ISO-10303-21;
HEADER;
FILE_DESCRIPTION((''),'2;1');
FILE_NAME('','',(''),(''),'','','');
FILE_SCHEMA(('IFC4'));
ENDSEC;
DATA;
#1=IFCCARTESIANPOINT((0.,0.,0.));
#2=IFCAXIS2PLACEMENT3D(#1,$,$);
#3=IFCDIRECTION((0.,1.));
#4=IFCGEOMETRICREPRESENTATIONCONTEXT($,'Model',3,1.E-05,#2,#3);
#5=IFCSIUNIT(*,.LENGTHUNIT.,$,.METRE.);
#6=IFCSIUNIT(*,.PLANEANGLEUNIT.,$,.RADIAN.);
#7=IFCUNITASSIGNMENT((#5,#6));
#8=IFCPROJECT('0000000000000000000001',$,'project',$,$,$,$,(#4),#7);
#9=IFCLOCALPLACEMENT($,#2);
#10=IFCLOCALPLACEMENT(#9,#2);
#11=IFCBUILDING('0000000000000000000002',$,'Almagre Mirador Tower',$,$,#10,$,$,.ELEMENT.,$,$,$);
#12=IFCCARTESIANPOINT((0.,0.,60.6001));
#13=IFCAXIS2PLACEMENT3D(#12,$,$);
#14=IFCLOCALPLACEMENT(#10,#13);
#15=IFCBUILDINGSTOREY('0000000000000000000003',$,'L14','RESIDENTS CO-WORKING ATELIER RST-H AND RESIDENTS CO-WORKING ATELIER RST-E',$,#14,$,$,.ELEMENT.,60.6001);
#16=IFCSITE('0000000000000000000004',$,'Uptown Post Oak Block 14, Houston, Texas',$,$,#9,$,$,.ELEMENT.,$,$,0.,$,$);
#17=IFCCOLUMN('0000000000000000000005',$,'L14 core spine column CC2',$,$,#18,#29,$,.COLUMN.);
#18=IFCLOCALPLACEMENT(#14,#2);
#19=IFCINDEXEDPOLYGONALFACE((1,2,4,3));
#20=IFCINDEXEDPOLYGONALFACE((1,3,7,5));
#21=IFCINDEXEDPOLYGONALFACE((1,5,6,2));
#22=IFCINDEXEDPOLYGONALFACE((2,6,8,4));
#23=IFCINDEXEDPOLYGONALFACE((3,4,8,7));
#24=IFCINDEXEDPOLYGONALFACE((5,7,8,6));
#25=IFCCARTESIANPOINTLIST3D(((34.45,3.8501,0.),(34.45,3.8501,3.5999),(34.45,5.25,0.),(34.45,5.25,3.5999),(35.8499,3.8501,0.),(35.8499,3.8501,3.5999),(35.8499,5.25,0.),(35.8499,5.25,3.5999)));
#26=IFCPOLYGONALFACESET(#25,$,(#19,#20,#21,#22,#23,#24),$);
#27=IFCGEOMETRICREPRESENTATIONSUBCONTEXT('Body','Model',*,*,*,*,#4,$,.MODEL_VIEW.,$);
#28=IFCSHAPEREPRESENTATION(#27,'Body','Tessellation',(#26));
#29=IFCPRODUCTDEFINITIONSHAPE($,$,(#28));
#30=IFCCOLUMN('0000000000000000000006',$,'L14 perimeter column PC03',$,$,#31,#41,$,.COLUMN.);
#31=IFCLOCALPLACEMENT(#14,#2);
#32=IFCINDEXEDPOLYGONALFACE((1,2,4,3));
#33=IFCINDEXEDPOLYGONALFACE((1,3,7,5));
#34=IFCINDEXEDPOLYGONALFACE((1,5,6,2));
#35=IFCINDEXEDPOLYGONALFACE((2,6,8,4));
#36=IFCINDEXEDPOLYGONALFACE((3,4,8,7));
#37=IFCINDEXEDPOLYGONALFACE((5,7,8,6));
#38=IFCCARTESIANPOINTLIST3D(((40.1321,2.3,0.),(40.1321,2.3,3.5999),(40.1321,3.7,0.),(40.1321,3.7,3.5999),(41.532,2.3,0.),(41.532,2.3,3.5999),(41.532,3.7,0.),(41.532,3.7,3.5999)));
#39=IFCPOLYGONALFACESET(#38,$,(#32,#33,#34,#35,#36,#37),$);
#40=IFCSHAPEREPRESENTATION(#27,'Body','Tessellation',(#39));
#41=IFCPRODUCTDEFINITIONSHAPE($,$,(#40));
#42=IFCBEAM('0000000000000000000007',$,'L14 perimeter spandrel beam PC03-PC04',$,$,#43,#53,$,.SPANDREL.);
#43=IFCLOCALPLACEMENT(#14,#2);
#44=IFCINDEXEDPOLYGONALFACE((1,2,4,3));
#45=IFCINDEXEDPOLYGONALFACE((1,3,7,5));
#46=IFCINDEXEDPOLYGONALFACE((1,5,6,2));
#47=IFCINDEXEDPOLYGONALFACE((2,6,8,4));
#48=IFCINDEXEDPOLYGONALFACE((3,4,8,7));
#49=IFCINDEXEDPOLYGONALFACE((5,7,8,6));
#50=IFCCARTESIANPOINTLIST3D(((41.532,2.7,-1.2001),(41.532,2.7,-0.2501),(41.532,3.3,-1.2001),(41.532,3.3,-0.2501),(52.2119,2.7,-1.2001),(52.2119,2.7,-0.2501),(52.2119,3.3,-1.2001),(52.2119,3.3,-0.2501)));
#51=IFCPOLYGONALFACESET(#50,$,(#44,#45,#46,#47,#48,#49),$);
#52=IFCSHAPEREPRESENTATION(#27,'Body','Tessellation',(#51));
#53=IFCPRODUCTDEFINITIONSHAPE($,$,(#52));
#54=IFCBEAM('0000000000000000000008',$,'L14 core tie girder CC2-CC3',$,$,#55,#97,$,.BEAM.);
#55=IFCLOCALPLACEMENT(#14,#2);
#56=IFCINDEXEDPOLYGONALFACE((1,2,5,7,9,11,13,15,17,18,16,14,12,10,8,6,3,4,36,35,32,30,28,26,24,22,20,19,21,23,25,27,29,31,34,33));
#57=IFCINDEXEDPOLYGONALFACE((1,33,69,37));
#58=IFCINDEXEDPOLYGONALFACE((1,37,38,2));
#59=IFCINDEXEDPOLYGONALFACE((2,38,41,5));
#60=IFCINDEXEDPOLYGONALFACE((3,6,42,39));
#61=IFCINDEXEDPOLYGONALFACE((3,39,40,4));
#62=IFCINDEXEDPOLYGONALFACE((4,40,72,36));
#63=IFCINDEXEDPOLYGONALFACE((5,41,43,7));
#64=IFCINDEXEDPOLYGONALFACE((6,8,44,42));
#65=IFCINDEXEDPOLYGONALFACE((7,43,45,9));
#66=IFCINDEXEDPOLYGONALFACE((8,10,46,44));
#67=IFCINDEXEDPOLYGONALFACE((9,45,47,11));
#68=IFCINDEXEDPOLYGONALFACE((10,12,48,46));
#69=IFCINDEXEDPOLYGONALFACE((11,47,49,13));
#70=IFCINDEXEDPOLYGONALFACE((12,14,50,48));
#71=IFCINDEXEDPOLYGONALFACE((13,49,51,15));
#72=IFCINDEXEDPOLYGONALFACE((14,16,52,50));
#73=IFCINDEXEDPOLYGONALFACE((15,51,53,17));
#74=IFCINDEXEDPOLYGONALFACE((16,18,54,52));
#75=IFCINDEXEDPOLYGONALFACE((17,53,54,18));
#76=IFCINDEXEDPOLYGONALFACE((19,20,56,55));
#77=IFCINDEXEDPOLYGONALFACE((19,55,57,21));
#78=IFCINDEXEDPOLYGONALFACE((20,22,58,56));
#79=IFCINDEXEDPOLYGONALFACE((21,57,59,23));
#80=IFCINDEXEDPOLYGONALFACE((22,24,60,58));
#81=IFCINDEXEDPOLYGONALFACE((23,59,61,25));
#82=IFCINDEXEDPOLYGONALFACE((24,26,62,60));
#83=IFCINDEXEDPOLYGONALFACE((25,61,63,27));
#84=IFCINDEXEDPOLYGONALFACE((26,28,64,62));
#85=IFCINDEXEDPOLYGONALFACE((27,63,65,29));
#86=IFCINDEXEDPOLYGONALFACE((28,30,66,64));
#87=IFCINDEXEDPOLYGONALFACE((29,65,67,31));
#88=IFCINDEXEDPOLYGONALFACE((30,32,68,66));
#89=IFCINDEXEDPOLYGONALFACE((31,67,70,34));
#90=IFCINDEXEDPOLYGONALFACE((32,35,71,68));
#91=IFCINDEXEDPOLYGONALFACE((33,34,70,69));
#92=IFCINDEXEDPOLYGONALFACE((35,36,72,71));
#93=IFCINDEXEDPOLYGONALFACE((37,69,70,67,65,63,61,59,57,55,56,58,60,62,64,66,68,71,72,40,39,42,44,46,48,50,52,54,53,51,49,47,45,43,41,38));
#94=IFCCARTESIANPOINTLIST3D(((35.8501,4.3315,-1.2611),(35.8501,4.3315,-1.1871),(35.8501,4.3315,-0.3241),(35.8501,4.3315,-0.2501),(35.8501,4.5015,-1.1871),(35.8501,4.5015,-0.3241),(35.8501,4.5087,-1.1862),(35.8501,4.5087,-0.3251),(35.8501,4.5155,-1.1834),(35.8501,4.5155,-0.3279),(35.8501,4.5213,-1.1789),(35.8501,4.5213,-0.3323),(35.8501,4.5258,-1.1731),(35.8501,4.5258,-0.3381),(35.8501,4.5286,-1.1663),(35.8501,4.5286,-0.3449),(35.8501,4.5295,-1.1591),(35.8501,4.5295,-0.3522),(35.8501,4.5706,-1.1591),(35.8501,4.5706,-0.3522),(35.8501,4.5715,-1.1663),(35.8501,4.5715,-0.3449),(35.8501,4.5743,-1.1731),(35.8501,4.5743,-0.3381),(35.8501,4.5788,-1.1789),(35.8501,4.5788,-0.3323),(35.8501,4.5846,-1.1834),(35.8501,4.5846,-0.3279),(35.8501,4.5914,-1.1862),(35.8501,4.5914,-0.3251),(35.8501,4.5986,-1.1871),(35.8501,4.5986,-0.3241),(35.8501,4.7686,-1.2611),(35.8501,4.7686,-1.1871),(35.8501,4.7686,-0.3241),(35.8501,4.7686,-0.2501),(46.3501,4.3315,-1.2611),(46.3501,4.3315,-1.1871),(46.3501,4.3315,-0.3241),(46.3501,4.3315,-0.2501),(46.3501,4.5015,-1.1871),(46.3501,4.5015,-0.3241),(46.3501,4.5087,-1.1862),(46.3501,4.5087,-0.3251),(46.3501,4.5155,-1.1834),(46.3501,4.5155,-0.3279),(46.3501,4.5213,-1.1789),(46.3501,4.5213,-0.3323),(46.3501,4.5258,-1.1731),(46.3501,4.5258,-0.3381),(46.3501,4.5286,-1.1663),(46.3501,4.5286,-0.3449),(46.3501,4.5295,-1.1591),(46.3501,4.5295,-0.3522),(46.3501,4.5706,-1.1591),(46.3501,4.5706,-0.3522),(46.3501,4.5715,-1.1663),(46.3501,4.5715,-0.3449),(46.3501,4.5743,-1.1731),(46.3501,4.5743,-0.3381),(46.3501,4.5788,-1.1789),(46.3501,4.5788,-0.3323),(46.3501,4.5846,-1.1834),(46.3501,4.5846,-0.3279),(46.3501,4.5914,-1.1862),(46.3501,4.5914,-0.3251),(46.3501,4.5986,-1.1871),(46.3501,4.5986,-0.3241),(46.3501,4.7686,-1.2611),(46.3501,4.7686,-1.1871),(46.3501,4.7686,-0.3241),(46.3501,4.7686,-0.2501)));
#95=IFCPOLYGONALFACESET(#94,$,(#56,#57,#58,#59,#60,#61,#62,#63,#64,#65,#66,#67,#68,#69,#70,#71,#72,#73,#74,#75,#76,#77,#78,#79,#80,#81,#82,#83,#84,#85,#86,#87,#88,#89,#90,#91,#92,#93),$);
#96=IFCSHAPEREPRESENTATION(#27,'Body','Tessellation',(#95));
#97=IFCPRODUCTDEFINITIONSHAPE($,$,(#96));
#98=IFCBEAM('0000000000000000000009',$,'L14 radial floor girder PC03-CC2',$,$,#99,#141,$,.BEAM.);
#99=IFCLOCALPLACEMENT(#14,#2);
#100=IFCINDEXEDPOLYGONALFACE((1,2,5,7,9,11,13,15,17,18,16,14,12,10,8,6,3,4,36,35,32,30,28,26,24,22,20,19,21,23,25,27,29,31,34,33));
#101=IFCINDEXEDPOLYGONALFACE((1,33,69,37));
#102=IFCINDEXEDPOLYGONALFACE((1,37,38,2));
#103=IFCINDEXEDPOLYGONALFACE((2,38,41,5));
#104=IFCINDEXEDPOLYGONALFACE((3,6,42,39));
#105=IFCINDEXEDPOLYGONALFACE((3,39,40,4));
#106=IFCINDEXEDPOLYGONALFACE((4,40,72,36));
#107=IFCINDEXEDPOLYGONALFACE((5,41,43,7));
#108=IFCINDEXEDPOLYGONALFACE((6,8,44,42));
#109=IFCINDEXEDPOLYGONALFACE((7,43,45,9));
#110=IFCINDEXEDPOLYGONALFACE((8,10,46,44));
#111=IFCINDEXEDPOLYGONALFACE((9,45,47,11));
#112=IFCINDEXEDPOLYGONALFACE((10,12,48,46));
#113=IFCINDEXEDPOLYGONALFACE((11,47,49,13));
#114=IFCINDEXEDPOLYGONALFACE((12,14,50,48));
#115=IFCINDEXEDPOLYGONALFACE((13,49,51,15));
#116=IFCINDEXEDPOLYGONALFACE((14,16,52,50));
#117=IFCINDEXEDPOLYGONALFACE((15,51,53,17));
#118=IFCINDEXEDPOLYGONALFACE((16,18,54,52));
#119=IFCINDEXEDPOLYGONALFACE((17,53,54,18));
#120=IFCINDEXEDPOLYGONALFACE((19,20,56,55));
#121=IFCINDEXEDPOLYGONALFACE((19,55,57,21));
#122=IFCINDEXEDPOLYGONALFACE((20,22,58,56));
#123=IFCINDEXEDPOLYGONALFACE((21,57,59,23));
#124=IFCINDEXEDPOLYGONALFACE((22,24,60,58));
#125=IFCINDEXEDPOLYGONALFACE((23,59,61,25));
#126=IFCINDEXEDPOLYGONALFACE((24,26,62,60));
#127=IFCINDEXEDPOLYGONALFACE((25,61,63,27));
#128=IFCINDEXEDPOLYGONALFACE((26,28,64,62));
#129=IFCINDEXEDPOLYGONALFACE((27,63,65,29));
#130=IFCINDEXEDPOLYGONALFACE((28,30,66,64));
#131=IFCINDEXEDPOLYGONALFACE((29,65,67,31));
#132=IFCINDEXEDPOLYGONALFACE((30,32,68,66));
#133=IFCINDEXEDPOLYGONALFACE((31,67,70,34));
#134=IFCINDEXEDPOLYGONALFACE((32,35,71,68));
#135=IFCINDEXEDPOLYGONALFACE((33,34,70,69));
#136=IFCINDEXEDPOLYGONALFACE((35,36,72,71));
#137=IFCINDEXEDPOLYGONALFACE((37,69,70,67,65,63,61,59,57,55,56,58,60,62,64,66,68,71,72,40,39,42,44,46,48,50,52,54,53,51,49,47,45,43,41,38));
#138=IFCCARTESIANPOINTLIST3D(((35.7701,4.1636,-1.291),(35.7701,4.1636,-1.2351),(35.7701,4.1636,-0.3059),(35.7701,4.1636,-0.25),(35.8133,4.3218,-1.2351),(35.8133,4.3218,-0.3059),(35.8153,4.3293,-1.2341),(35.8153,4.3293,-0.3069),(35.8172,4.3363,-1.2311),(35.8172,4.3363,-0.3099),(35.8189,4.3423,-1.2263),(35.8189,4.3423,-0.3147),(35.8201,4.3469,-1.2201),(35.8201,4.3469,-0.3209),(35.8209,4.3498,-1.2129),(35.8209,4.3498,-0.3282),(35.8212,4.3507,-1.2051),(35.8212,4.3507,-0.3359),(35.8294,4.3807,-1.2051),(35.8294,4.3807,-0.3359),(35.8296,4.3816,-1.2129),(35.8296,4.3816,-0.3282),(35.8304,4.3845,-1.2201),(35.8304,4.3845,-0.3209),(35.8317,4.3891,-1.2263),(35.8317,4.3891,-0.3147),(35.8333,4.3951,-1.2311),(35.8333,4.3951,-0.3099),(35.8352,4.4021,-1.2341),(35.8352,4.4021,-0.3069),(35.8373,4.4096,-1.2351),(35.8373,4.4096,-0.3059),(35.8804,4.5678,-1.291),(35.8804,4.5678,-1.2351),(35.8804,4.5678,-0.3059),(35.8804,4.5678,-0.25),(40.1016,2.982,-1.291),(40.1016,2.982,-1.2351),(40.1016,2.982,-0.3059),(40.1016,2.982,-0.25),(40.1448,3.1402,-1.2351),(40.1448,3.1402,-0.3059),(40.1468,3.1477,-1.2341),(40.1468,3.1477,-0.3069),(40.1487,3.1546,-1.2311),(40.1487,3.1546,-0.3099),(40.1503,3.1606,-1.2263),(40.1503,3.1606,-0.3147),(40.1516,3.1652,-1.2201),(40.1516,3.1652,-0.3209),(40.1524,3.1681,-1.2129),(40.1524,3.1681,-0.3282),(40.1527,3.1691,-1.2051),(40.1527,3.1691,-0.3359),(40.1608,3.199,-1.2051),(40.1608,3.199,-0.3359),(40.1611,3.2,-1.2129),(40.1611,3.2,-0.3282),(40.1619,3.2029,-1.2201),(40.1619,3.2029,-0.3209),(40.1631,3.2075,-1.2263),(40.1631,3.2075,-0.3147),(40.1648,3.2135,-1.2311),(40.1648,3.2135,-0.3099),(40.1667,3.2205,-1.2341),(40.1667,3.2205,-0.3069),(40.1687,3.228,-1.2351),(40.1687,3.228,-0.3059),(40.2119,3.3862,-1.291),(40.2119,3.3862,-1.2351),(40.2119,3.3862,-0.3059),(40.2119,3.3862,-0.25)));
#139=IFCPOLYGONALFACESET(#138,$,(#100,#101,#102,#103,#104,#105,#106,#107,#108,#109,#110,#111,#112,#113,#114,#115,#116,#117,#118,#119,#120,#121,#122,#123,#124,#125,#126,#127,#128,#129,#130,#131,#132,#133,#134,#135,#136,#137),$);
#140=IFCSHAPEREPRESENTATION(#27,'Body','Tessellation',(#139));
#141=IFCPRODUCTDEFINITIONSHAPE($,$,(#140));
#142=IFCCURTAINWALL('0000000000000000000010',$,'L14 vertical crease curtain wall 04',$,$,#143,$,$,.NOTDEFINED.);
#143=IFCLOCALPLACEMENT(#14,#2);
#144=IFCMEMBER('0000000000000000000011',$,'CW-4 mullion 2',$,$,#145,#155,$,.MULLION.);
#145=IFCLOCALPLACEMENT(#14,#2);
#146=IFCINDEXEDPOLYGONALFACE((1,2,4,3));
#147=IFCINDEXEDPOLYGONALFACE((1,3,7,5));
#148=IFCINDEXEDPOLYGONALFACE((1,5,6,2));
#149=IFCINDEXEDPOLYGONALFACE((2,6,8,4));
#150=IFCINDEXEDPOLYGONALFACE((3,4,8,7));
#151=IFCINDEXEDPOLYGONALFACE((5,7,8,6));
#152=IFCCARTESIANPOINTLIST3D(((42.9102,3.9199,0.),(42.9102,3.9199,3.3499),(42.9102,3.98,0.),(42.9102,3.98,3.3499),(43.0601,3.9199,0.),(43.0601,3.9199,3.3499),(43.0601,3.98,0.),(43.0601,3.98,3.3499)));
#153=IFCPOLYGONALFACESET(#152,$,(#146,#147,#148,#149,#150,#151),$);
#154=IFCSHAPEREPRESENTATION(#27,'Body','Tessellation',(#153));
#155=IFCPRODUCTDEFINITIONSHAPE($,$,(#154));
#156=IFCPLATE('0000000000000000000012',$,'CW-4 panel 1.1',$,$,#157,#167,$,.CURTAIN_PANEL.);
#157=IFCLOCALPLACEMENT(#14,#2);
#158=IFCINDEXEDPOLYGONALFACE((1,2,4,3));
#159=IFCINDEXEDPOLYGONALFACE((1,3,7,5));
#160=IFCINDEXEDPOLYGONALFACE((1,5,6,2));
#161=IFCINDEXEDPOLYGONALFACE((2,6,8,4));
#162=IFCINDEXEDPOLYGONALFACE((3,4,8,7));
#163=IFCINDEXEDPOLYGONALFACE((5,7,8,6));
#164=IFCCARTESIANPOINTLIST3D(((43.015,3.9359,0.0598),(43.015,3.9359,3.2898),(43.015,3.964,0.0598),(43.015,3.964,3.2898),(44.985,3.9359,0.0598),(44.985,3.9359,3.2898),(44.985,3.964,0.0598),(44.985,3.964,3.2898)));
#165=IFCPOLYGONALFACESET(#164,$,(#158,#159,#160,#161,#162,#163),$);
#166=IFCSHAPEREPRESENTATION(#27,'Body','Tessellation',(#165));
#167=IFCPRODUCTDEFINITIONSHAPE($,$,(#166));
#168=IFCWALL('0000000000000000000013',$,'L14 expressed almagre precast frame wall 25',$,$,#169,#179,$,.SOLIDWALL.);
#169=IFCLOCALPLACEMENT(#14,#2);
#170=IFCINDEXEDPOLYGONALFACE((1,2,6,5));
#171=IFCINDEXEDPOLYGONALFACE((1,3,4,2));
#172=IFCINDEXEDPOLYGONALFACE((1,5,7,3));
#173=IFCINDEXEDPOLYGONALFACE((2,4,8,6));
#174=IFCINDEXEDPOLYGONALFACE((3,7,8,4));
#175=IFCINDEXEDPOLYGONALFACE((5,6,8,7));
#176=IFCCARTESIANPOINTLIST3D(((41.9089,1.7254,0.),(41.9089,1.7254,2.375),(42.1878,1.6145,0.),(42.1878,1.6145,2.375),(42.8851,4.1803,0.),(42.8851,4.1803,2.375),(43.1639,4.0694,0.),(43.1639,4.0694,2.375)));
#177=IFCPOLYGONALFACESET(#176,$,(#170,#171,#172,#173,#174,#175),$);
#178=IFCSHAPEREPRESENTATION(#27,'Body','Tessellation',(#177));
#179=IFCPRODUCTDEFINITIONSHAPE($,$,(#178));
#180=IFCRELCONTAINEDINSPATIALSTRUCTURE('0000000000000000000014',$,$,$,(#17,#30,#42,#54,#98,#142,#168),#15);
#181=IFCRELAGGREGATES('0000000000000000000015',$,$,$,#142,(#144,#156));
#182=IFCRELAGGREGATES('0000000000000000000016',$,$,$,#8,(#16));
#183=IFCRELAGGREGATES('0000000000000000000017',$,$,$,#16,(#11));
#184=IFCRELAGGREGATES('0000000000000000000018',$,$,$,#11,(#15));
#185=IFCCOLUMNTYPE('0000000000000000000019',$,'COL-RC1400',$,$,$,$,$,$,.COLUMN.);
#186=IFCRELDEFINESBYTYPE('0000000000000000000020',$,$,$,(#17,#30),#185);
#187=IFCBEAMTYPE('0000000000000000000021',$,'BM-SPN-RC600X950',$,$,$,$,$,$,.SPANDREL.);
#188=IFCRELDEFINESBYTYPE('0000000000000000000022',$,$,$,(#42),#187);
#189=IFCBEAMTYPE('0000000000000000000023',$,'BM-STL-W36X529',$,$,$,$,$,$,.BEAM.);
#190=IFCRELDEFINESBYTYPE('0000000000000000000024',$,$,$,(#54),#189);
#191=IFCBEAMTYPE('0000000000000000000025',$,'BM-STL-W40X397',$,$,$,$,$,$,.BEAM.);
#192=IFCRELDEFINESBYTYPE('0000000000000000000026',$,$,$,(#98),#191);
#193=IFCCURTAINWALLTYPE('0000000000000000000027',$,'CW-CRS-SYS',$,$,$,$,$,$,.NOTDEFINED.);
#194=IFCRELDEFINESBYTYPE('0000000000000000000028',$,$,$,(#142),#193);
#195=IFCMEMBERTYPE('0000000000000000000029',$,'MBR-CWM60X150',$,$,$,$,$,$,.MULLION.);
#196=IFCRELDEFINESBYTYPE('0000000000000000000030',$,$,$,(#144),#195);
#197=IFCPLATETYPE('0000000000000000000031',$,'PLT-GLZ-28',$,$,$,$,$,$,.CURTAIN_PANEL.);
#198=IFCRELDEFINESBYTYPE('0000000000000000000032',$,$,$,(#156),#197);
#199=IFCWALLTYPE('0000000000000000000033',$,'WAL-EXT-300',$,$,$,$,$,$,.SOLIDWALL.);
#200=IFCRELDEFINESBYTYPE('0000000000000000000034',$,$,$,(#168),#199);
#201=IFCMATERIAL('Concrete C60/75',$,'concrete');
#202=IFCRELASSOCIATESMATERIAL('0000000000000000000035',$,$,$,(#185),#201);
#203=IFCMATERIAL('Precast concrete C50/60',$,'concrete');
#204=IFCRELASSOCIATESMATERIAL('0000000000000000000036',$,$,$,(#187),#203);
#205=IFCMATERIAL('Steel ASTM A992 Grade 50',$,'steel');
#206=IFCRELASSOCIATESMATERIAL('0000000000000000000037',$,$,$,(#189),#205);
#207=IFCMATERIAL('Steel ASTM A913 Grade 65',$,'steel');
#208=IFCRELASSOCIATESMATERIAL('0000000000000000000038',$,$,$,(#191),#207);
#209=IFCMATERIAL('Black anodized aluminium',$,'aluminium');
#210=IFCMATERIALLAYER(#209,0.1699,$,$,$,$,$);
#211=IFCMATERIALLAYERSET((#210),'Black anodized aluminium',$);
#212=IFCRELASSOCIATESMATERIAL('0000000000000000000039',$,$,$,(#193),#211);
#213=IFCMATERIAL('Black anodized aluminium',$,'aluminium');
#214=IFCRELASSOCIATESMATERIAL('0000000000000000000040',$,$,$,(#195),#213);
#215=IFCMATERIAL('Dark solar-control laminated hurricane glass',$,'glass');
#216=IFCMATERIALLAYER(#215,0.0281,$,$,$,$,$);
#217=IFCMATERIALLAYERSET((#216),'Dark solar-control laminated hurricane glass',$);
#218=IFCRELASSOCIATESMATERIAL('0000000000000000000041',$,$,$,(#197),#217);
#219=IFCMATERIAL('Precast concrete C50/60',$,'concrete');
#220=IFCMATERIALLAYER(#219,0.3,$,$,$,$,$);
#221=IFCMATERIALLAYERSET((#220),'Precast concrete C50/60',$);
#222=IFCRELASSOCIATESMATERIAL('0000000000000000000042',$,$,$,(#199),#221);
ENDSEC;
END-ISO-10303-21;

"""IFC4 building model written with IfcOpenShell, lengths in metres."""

from ifc_helpers import new_model, si_unit, direction, frame, frame_2d, origin, origin_2d, place, context, subcontext, project, spatial, rectangle, i_section, extrude, material, layer, layer_set, material_profile, profile_set, type_object, element, aggregate, save


model = new_model("IFC4")

# Units and contexts
model_context = context("Model", 3, precision=1e-05, world=origin(), true_north=direction((0.0, 1.0)))
body_context = subcontext(model_context, "Body", "Model", "MODEL_VIEW")
ifc_project = project(units=[si_unit("LENGTHUNIT", "METRE"), si_unit("PLANEANGLEUNIT", "RADIAN")], contexts=[model_context])

# Site, building, storey
site_placement = place(None, origin())
site = spatial("IfcSite", under=ifc_project, at=site_placement, Name="Uptown Post Oak Block 14, Houston, Texas", CompositionType="ELEMENT", RefElevation=0.0)
building_placement = place(site_placement, origin())
building = spatial("IfcBuilding", under=site, at=building_placement, Name="Almagre Mirador Tower", CompositionType="ELEMENT")
storey_placement = place(building_placement, frame((0.0, 0.0, 60.6001)))
storey = spatial("IfcBuildingStorey", under=building, at=storey_placement, Name="L14", Description="RESIDENTS CO-WORKING ATELIER RST-H AND RESIDENTS CO-WORKING ATELIER RST-E", CompositionType="ELEMENT", Elevation=60.6001)

# Columns
ifc_material_1 = material(Name="Concrete C60/75", Category="concrete")
ifc_material_profile_1 = material_profile(ifc_material_1, rectangle(XDim=1.3999, YDim=1.3999, at=origin_2d()), Name="RC1400X1400")
ifc_profile_set_1 = profile_set([ifc_material_profile_1], Name="Concrete C60/75")
column_type = type_object("IfcColumnType", Name="COL-RC1400", PredefinedType="COLUMN", material=ifc_profile_set_1)
for number, where, z_axis, x_axis, name in (
    (1, (35.1499, 4.55, 0.0), (0.0, 0.0, 1.0), (1.0, 0.0, 0.0), "L14 core spine column CC2"),
    (2, (40.832, 3.0, 0.0), (0.0, 0.0, 1.0), (1.0, 0.0, 0.0), "L14 perimeter column PC03"),
):
    element("IfcColumn", number, at=place(storey_placement, frame(where, z_axis=z_axis, x_axis=x_axis)), inside=storey, type_object=column_type, Name=name, PredefinedType="COLUMN", context=body_context, shape_type="SweptSolid", body=[
        extrude(rectangle(XDim=1.3999, YDim=1.3999, at=origin_2d()), origin(), (0.0, 0.0, 1.0), 3.5999),
    ])

# Beams
ifc_material_2 = material(Name="Precast concrete C50/60", Category="concrete")
ifc_material_profile_2 = material_profile(ifc_material_2, rectangle(XDim=0.6001, YDim=0.95, at=origin_2d()), Name="RC600X950")
ifc_profile_set_2 = profile_set([ifc_material_profile_2], Name="Precast concrete C50/60")
beam_type_1 = type_object("IfcBeamType", Name="BM-SPN-RC600X950", PredefinedType="SPANDREL", material=ifc_profile_set_2)
beam_1_placement = place(storey_placement, frame((41.532, 3.0, -0.7251), z_axis=(1.0, 0.0, 0.0), x_axis=(0.0, 1.0, 0.0)))
element("IfcBeam", 3, at=beam_1_placement, inside=storey, type_object=beam_type_1, Name="L14 perimeter spandrel beam PC03-PC04", PredefinedType="SPANDREL", context=body_context, shape_type="SweptSolid", body=[
    extrude(rectangle(XDim=0.6001, YDim=0.95, at=origin_2d()), origin(), (0.0, 0.0, 1.0), 10.6799),
])
ifc_material_3 = material(Name="Steel ASTM A992 Grade 50", Category="steel")
ifc_material_profile_3 = material_profile(ifc_material_3, i_section(OverallWidth=0.437, OverallDepth=1.011, WebThickness=0.041, FlangeThickness=0.074, FilletRadius=0.0281, at=origin_2d()), Name="W36X529")
ifc_profile_set_3 = profile_set([ifc_material_profile_3], Name="Steel ASTM A992 Grade 50")
beam_type_2 = type_object("IfcBeamType", Name="BM-STL-W36X529", PredefinedType="BEAM", material=ifc_profile_set_3)
beam_2_placement = place(storey_placement, frame((35.8501, 4.55, -0.7556), z_axis=(1.0, 0.0, 0.0), x_axis=(0.0, 1.0, 0.0)))
element("IfcBeam", 4, at=beam_2_placement, inside=storey, type_object=beam_type_2, Name="L14 core tie girder CC2-CC3", PredefinedType="BEAM", context=body_context, shape_type="SweptSolid", body=[
    extrude(i_section(OverallWidth=0.437, OverallDepth=1.011, WebThickness=0.041, FlangeThickness=0.074, FilletRadius=0.0281, at=origin_2d()), origin(), (0.0, 0.0, 1.0), 10.5),
])
ifc_material_4 = material(Name="Steel ASTM A913 Grade 65", Category="steel")
ifc_material_profile_4 = material_profile(ifc_material_4, i_section(OverallWidth=0.4189, OverallDepth=1.041, WebThickness=0.031, FlangeThickness=0.0559, FilletRadius=0.03, at=origin_2d()), Name="W40X397")
ifc_profile_set_4 = profile_set([ifc_material_profile_4], Name="Steel ASTM A913 Grade 65")
beam_type_3 = type_object("IfcBeamType", Name="BM-STL-W40X397", PredefinedType="BEAM", material=ifc_profile_set_4)
beam_3_placement = place(storey_placement, frame((40.1567, 3.1841, -0.7705), z_axis=(-0.964746, 0.263182, 0.0), x_axis=(-0.263182, -0.964746, 0.0)))
element("IfcBeam", 5, at=beam_3_placement, inside=storey, type_object=beam_type_3, Name="L14 radial floor girder PC03-CC2", PredefinedType="BEAM", context=body_context, shape_type="SweptSolid", body=[
    extrude(i_section(OverallWidth=0.4189, OverallDepth=1.041, WebThickness=0.031, FlangeThickness=0.0559, FilletRadius=0.03, at=origin_2d()), origin(), (0.0, 0.0, 1.0), 4.4897),
])

# Curtain wall, member, plate
ifc_material_5 = material(Name="Black anodized aluminium", Category="aluminium")
ifc_layer_1 = layer(ifc_material_5, 0.1699)
ifc_layer_set_1 = layer_set([ifc_layer_1], Name="Black anodized aluminium")
curtain_wall_type = type_object("IfcCurtainWallType", Name="CW-CRS-SYS", PredefinedType="NOTDEFINED", material=ifc_layer_set_1)
curtain_wall_placement = place(storey_placement, origin())
curtain_wall = element("IfcCurtainWall", 6, at=curtain_wall_placement, inside=storey, type_object=curtain_wall_type, Name="L14 vertical crease curtain wall 04", PredefinedType="NOTDEFINED")
ifc_material_6 = material(Name="Black anodized aluminium", Category="aluminium")
ifc_material_profile_5 = material_profile(ifc_material_6, rectangle(XDim=0.0601, YDim=0.1499, at=origin_2d()), Name="CWM60X150")
ifc_profile_set_5 = profile_set([ifc_material_profile_5], Name="Black anodized aluminium")
member_type = type_object("IfcMemberType", Name="MBR-CWM60X150", PredefinedType="MULLION", material=ifc_profile_set_5)
member_placement = place(storey_placement, frame((42.9851, 3.95, 0.0), z_axis=(0.0, 0.0, 1.0), x_axis=(0.0, -1.0, 0.0)))
member = element("IfcMember", 7, at=member_placement, type_object=member_type, Name="CW-4 mullion 2", PredefinedType="MULLION", context=body_context, shape_type="SweptSolid", body=[
    extrude(rectangle(XDim=0.0601, YDim=0.1499, at=origin_2d()), origin(), (0.0, 0.0, 1.0), 3.3499),
])
ifc_material_7 = material(Name="Dark solar-control laminated hurricane glass", Category="glass")
ifc_layer_2 = layer(ifc_material_7, 0.0281)
ifc_layer_set_2 = layer_set([ifc_layer_2], Name="Dark solar-control laminated hurricane glass")
plate_type = type_object("IfcPlateType", Name="PLT-GLZ-28", PredefinedType="CURTAIN_PANEL", material=ifc_layer_set_2)
plate_placement = place(storey_placement, frame((44.0, 3.95, 0.0598), z_axis=(0.0, 0.0, 1.0), x_axis=(-1.0, 0.0, 0.0)))
plate = element("IfcPlate", 8, at=plate_placement, type_object=plate_type, Name="CW-4 panel 1.1", PredefinedType="CURTAIN_PANEL", context=body_context, shape_type="SweptSolid", body=[
    extrude(rectangle(XDim=1.97, YDim=0.0281, at=origin_2d()), origin(), (0.0, 0.0, 1.0), 3.23),
])
aggregate(curtain_wall, [member, plate])

# Wall
ifc_material_8 = material(Name="Precast concrete C50/60", Category="concrete")
ifc_layer_3 = layer(ifc_material_8, 0.3)
ifc_layer_set_3 = layer_set([ifc_layer_3], Name="Precast concrete C50/60")
wall_type_1 = type_object("IfcWallType", Name="WAL-EXT-300", PredefinedType="SOLIDWALL", material=ifc_layer_set_3)
wall_1_placement = place(storey_placement, frame((43.0244, 4.1248, 0.0), z_axis=(0.0, 0.0, 1.0), x_axis=(-0.369478, -0.92924, 0.0)))
element("IfcWall", 9, at=wall_1_placement, inside=storey, type_object=wall_type_1, Name="L14 expressed almagre precast frame wall 25", PredefinedType="SOLIDWALL", context=body_context, shape_type="SweptSolid", body=[
    extrude(rectangle(XDim=2.6418, YDim=0.3, at=frame_2d((1.3208, 0.0))), origin(), (0.0, 0.0, 1.0), 2.375),
])

save(model, "model.ifc")
